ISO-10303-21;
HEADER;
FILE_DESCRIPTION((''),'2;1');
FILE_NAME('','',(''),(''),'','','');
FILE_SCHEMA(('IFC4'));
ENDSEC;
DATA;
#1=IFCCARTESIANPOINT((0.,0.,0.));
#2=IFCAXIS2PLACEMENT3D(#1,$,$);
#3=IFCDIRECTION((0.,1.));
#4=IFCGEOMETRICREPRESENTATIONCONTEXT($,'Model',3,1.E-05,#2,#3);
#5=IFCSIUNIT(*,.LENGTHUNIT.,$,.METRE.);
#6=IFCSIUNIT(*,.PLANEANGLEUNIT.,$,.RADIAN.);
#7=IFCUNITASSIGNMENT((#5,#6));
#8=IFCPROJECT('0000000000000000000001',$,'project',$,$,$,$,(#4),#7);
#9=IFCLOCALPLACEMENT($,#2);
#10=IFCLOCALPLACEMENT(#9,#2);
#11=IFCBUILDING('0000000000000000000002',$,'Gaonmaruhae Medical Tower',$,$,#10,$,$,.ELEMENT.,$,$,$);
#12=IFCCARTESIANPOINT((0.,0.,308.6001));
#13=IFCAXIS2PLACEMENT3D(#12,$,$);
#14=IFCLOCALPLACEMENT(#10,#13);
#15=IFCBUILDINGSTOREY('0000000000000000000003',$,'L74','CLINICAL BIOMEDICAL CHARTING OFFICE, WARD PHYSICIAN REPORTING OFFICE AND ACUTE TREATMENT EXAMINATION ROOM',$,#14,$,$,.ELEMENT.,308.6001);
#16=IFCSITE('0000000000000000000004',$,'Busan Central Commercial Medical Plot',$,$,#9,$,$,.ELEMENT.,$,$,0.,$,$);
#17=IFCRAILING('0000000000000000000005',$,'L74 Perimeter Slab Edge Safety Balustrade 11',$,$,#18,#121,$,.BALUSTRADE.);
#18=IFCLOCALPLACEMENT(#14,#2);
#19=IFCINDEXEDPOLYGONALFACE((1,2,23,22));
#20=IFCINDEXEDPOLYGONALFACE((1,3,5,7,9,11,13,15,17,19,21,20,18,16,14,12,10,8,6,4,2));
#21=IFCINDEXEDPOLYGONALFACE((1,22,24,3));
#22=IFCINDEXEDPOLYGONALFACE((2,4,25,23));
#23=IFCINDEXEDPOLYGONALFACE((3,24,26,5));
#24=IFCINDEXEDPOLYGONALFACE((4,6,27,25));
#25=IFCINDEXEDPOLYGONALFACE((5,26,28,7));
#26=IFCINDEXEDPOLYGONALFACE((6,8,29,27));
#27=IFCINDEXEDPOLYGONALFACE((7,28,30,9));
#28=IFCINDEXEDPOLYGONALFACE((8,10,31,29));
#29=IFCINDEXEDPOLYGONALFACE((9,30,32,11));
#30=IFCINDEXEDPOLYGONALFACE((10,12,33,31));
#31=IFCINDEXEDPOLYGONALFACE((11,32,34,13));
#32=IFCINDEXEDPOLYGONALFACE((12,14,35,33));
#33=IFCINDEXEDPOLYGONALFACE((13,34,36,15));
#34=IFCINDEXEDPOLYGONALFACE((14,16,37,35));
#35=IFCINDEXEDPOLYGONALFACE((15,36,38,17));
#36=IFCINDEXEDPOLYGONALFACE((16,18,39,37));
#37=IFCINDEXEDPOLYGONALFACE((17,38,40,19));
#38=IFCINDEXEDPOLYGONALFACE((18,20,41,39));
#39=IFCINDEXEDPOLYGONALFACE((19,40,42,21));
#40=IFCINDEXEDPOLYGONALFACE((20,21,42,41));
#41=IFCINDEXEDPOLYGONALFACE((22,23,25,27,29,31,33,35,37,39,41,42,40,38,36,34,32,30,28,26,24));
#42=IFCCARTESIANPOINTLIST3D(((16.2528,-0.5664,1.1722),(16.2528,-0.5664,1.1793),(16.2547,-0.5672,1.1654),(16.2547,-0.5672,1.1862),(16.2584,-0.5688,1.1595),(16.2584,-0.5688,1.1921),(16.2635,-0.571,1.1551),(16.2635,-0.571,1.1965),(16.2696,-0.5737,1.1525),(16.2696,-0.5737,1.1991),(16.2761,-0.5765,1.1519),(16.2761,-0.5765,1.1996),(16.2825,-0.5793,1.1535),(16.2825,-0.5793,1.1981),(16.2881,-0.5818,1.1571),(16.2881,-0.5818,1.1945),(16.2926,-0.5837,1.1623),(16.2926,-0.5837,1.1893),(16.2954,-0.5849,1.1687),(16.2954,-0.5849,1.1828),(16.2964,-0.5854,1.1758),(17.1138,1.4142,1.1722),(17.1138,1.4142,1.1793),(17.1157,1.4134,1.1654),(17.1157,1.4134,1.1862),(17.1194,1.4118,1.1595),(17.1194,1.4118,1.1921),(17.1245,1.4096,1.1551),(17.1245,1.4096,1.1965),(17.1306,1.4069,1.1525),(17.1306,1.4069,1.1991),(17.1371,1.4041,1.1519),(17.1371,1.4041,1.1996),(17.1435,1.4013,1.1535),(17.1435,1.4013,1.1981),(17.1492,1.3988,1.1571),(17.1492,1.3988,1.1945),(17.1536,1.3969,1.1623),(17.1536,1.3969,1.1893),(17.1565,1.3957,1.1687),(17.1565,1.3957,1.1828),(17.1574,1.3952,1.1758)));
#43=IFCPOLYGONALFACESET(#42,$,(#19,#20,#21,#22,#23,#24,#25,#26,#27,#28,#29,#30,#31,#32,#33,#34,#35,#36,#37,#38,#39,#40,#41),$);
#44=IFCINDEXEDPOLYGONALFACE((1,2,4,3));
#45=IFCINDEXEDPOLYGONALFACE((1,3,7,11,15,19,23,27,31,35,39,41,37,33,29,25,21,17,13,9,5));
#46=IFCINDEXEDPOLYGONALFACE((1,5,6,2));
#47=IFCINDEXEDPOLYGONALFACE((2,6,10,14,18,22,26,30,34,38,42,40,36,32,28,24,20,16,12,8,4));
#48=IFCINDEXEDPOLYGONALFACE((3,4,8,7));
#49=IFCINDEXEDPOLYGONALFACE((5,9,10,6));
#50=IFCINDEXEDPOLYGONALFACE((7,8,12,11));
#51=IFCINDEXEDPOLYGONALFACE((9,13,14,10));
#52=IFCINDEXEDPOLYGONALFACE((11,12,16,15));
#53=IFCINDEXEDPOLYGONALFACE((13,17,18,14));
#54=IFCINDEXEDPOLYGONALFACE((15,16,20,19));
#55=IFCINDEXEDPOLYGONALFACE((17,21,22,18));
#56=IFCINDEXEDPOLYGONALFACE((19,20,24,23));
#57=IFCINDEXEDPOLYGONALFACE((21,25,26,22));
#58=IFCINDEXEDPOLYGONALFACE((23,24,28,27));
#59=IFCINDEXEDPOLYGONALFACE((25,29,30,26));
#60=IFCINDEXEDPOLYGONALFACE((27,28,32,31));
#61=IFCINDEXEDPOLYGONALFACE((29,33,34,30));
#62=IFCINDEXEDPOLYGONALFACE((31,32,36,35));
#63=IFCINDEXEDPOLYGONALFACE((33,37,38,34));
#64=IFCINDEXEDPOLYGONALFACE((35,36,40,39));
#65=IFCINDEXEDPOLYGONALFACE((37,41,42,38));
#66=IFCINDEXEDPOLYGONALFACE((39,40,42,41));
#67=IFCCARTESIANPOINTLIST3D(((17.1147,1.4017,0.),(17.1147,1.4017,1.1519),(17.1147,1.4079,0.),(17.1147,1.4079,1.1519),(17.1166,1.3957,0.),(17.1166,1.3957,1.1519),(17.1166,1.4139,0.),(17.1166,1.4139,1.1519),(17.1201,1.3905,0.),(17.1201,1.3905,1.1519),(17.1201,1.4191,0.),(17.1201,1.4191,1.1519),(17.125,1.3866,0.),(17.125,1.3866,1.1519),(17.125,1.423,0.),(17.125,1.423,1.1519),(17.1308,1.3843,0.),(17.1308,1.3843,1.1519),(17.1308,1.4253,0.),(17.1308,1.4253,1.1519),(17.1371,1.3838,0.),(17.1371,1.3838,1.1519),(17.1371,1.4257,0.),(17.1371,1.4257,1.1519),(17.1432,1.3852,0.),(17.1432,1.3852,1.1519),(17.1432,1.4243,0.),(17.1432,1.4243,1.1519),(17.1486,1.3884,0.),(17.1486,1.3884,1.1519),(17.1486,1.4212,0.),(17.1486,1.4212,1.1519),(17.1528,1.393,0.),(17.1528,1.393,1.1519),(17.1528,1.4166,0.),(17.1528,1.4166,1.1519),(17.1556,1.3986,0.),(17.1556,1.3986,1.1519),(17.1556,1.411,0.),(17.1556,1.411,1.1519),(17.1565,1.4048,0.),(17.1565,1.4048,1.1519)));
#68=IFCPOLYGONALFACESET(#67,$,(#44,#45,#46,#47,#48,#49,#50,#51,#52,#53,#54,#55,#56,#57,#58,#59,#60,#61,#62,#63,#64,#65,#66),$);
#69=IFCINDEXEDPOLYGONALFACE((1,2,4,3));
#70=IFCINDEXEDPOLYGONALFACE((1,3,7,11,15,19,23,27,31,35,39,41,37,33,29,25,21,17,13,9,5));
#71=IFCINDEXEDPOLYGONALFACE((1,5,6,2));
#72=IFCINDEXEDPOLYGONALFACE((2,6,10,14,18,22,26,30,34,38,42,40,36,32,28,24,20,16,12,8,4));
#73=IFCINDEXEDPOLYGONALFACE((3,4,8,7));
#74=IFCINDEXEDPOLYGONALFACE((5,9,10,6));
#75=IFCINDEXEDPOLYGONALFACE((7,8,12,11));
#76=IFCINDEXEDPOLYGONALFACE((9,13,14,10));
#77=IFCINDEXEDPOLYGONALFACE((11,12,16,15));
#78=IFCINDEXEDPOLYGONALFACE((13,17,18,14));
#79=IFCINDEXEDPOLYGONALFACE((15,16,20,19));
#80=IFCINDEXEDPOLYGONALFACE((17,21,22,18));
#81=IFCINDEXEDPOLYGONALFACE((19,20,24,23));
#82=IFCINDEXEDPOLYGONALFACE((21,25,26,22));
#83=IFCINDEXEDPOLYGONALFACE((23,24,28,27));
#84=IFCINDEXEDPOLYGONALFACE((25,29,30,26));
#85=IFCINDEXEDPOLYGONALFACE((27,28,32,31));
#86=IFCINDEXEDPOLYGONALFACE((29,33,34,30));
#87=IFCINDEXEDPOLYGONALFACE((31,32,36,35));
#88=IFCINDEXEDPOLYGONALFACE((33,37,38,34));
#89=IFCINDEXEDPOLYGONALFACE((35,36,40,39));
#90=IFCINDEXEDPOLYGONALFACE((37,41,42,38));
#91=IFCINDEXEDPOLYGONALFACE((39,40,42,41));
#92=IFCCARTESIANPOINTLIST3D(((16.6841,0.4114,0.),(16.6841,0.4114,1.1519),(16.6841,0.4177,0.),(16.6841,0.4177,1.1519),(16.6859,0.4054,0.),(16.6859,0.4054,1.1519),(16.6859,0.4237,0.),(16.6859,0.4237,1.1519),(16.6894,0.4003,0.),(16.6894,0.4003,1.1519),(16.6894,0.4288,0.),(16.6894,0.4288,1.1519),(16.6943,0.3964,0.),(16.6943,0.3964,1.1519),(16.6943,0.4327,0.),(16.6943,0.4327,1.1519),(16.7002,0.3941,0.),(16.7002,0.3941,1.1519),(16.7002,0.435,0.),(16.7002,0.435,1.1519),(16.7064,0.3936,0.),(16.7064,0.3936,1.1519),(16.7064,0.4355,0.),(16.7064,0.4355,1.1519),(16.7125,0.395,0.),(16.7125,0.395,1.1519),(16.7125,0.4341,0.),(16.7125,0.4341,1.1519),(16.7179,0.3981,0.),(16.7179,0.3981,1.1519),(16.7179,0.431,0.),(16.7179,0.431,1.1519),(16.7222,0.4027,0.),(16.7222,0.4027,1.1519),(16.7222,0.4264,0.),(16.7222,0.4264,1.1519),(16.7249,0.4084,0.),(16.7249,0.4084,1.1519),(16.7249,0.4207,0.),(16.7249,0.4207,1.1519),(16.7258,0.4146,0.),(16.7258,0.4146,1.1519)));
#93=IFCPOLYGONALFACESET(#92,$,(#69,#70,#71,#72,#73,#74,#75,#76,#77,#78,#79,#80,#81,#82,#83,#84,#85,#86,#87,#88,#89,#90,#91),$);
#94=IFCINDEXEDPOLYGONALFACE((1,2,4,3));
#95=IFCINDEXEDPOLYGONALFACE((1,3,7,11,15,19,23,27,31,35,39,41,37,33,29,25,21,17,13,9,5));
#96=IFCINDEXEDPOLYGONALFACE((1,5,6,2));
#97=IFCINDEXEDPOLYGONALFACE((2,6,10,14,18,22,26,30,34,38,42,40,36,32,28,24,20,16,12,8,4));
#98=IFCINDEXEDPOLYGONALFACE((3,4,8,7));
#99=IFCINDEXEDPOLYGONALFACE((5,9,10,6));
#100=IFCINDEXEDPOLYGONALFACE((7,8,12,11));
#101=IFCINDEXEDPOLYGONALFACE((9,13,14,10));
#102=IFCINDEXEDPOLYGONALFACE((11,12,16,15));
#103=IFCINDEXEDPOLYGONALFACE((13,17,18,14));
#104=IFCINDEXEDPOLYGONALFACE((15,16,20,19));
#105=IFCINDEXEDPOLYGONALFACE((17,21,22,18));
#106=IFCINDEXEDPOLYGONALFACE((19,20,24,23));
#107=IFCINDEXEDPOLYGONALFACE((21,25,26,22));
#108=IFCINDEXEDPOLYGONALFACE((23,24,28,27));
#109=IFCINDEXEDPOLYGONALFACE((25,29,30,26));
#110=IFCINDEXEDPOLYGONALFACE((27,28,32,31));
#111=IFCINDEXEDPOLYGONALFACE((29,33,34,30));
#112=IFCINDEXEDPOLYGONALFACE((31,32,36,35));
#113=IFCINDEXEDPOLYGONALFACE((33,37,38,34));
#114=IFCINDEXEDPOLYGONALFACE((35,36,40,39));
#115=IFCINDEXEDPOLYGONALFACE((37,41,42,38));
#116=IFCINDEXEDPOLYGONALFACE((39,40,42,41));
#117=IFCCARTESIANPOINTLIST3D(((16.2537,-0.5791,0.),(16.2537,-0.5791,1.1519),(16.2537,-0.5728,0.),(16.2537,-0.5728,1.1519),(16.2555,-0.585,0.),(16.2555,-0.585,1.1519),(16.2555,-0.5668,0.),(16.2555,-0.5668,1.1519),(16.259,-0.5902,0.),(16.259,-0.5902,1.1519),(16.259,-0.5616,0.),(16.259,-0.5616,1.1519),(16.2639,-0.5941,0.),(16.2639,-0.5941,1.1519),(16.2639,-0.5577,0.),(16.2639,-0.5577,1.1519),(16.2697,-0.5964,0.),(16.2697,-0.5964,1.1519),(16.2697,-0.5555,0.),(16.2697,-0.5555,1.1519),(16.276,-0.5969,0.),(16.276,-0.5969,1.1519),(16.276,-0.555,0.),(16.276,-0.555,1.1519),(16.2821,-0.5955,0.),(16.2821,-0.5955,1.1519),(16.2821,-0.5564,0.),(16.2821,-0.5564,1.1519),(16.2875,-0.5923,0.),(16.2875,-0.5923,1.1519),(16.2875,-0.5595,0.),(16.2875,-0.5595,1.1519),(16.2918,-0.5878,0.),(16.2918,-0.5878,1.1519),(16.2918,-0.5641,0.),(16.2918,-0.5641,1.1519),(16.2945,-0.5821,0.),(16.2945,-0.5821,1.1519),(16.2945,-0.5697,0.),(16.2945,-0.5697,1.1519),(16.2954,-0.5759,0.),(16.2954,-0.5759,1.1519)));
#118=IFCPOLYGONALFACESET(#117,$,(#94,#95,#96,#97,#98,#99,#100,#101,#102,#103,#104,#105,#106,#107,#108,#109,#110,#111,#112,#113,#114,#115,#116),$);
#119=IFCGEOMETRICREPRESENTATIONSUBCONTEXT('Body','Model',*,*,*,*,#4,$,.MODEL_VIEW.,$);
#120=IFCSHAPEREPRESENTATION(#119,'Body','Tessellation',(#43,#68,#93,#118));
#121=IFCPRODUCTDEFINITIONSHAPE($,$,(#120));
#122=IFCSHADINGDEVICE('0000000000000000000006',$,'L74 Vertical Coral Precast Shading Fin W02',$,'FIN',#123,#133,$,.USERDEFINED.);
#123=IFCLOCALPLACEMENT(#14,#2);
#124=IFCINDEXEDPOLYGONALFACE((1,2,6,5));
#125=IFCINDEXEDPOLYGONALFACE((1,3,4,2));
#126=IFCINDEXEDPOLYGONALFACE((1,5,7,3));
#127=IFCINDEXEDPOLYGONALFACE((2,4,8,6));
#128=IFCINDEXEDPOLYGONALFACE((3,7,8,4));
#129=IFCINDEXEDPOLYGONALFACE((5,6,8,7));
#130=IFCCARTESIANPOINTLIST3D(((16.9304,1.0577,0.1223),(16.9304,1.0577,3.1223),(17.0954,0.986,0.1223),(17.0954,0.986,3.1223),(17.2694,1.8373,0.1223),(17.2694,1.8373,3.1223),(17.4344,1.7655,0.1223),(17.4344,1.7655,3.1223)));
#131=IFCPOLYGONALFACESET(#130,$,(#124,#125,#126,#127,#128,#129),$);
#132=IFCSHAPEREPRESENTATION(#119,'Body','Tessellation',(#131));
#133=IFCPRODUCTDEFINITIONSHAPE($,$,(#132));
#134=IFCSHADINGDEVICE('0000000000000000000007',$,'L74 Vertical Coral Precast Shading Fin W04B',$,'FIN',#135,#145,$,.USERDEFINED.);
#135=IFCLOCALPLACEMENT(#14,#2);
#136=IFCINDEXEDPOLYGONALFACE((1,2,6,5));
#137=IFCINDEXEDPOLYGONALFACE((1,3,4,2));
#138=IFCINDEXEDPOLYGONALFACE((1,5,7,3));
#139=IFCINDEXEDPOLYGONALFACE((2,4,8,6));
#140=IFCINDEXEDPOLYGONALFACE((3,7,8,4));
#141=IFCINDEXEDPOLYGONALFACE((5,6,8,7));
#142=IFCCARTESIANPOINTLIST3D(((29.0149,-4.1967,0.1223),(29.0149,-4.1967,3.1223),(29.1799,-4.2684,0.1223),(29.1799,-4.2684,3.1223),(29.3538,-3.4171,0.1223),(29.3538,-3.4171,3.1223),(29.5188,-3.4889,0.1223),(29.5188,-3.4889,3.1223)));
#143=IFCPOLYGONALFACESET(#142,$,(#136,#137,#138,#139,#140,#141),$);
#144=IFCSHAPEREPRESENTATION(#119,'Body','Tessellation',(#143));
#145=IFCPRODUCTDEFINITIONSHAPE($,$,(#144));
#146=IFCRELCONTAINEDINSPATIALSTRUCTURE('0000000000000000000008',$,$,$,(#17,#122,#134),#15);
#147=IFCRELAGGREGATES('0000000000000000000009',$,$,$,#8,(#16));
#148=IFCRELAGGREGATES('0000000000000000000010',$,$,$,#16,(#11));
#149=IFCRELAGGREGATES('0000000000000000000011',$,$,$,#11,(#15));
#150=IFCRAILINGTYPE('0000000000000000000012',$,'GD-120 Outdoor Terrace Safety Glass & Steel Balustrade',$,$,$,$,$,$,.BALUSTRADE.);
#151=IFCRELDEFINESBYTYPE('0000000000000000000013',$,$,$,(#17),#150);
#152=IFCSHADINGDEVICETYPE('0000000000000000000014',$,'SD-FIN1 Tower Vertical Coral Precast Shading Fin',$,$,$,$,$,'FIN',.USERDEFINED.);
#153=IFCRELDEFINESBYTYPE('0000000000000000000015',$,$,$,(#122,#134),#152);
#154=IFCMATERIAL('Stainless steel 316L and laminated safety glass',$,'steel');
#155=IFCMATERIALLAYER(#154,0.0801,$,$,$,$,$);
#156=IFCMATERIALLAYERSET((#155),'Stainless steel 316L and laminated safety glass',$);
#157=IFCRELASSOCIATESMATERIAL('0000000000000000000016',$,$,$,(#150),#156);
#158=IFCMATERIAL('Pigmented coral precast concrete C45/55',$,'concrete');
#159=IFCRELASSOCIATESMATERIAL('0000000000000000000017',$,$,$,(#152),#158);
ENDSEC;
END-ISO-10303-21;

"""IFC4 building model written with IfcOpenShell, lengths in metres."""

from ifc_helpers import new_model, si_unit, direction, frame, origin, origin_2d, place, context, subcontext, project, spatial, rectangle, circle, extrude, material, layer, layer_set, type_object, element, save


model = new_model("IFC4")

# Units and contexts
model_context = context("Model", 3, precision=1e-05, world=origin(), true_north=direction((0.0, 1.0)))
body_context = subcontext(model_context, "Body", "Model", "MODEL_VIEW")
ifc_project = project(units=[si_unit("LENGTHUNIT", "METRE"), si_unit("PLANEANGLEUNIT", "RADIAN")], contexts=[model_context])

# Site, building, storey
site_placement = place(None, origin())
site = spatial("IfcSite", under=ifc_project, at=site_placement, Name="Busan Central Commercial Medical Plot", CompositionType="ELEMENT", RefElevation=0.0)
building_placement = place(site_placement, origin())
building = spatial("IfcBuilding", under=site, at=building_placement, Name="Gaonmaruhae Medical Tower", CompositionType="ELEMENT")
storey_placement = place(building_placement, frame((0.0, 0.0, 308.6001)))
storey = spatial("IfcBuildingStorey", under=building, at=storey_placement, Name="L74", Description="CLINICAL BIOMEDICAL CHARTING OFFICE, WARD PHYSICIAN REPORTING OFFICE AND ACUTE TREATMENT EXAMINATION ROOM", CompositionType="ELEMENT", Elevation=308.6001)

# Railing
ifc_material_1 = material(Name="Stainless steel 316L and laminated safety glass", Category="steel")
ifc_layer_1 = layer(ifc_material_1, 0.0801)
ifc_layer_set_1 = layer_set([ifc_layer_1], Name="Stainless steel 316L and laminated safety glass")
railing_type = type_object("IfcRailingType", Name="GD-120 Outdoor Terrace Safety Glass & Steel Balustrade", PredefinedType="BALUSTRADE", material=ifc_layer_set_1)
railing_1_placement = place(storey_placement, frame((17.1355, 1.4048, 0.0)))
element("IfcRailing", 1, at=railing_1_placement, inside=storey, type_object=railing_type, Name="L74 Perimeter Slab Edge Safety Balustrade 11", PredefinedType="BALUSTRADE", context=body_context, shape_type="SweptSolid", body=[
    extrude(circle(Radius=0.0239, at=origin_2d()), frame((0.0, 0.0, 1.1758), z_axis=(-0.398689, -0.917086, 0.0), x_axis=(0.917086, -0.398689, 0.0)), (0.0, 0.0, 1.0), 2.1597),
    extrude(circle(Radius=0.021, at=origin_2d()), origin(), (0.0, 0.0, 1.0), 1.1519),
    extrude(circle(Radius=0.021, at=origin_2d()), frame((-0.4307, -0.9902, 0.0)), (0.0, 0.0, 1.0), 1.1519),
    extrude(circle(Radius=0.021, at=origin_2d()), frame((-0.8611, -1.9807, 0.0)), (0.0, 0.0, 1.0), 1.1519),
])

# Shading devices
ifc_material_2 = material(Name="Pigmented coral precast concrete C45/55", Category="concrete")
shading_device_type = type_object("IfcShadingDeviceType", Name="SD-FIN1 Tower Vertical Coral Precast Shading Fin", ElementType="FIN", PredefinedType="USERDEFINED", material=ifc_material_2)
for number, where, z_axis, x_axis, name in (
    (2, (17.1824, 1.4116, 0.1223), (0.0, 0.0, 1.0), (-0.91706, 0.398749, 0.0), "L74 Vertical Coral Precast Shading Fin W02"),
    (3, (29.2668, -3.8428, 0.1223), (0.0, 0.0, 1.0), (-0.91706, 0.398749, 0.0), "L74 Vertical Coral Precast Shading Fin W04B"),
):
    element("IfcShadingDevice", number, at=place(storey_placement, frame(where, z_axis=z_axis, x_axis=x_axis)), inside=storey, type_object=shading_device_type, Name=name, ObjectType="FIN", PredefinedType="USERDEFINED", context=body_context, shape_type="SweptSolid", body=[
        extrude(rectangle(XDim=0.1799, YDim=0.8501, at=origin_2d()), origin(), (0.0, 0.0, 1.0), 3.0),
    ])

save(model, "model.ifc")
